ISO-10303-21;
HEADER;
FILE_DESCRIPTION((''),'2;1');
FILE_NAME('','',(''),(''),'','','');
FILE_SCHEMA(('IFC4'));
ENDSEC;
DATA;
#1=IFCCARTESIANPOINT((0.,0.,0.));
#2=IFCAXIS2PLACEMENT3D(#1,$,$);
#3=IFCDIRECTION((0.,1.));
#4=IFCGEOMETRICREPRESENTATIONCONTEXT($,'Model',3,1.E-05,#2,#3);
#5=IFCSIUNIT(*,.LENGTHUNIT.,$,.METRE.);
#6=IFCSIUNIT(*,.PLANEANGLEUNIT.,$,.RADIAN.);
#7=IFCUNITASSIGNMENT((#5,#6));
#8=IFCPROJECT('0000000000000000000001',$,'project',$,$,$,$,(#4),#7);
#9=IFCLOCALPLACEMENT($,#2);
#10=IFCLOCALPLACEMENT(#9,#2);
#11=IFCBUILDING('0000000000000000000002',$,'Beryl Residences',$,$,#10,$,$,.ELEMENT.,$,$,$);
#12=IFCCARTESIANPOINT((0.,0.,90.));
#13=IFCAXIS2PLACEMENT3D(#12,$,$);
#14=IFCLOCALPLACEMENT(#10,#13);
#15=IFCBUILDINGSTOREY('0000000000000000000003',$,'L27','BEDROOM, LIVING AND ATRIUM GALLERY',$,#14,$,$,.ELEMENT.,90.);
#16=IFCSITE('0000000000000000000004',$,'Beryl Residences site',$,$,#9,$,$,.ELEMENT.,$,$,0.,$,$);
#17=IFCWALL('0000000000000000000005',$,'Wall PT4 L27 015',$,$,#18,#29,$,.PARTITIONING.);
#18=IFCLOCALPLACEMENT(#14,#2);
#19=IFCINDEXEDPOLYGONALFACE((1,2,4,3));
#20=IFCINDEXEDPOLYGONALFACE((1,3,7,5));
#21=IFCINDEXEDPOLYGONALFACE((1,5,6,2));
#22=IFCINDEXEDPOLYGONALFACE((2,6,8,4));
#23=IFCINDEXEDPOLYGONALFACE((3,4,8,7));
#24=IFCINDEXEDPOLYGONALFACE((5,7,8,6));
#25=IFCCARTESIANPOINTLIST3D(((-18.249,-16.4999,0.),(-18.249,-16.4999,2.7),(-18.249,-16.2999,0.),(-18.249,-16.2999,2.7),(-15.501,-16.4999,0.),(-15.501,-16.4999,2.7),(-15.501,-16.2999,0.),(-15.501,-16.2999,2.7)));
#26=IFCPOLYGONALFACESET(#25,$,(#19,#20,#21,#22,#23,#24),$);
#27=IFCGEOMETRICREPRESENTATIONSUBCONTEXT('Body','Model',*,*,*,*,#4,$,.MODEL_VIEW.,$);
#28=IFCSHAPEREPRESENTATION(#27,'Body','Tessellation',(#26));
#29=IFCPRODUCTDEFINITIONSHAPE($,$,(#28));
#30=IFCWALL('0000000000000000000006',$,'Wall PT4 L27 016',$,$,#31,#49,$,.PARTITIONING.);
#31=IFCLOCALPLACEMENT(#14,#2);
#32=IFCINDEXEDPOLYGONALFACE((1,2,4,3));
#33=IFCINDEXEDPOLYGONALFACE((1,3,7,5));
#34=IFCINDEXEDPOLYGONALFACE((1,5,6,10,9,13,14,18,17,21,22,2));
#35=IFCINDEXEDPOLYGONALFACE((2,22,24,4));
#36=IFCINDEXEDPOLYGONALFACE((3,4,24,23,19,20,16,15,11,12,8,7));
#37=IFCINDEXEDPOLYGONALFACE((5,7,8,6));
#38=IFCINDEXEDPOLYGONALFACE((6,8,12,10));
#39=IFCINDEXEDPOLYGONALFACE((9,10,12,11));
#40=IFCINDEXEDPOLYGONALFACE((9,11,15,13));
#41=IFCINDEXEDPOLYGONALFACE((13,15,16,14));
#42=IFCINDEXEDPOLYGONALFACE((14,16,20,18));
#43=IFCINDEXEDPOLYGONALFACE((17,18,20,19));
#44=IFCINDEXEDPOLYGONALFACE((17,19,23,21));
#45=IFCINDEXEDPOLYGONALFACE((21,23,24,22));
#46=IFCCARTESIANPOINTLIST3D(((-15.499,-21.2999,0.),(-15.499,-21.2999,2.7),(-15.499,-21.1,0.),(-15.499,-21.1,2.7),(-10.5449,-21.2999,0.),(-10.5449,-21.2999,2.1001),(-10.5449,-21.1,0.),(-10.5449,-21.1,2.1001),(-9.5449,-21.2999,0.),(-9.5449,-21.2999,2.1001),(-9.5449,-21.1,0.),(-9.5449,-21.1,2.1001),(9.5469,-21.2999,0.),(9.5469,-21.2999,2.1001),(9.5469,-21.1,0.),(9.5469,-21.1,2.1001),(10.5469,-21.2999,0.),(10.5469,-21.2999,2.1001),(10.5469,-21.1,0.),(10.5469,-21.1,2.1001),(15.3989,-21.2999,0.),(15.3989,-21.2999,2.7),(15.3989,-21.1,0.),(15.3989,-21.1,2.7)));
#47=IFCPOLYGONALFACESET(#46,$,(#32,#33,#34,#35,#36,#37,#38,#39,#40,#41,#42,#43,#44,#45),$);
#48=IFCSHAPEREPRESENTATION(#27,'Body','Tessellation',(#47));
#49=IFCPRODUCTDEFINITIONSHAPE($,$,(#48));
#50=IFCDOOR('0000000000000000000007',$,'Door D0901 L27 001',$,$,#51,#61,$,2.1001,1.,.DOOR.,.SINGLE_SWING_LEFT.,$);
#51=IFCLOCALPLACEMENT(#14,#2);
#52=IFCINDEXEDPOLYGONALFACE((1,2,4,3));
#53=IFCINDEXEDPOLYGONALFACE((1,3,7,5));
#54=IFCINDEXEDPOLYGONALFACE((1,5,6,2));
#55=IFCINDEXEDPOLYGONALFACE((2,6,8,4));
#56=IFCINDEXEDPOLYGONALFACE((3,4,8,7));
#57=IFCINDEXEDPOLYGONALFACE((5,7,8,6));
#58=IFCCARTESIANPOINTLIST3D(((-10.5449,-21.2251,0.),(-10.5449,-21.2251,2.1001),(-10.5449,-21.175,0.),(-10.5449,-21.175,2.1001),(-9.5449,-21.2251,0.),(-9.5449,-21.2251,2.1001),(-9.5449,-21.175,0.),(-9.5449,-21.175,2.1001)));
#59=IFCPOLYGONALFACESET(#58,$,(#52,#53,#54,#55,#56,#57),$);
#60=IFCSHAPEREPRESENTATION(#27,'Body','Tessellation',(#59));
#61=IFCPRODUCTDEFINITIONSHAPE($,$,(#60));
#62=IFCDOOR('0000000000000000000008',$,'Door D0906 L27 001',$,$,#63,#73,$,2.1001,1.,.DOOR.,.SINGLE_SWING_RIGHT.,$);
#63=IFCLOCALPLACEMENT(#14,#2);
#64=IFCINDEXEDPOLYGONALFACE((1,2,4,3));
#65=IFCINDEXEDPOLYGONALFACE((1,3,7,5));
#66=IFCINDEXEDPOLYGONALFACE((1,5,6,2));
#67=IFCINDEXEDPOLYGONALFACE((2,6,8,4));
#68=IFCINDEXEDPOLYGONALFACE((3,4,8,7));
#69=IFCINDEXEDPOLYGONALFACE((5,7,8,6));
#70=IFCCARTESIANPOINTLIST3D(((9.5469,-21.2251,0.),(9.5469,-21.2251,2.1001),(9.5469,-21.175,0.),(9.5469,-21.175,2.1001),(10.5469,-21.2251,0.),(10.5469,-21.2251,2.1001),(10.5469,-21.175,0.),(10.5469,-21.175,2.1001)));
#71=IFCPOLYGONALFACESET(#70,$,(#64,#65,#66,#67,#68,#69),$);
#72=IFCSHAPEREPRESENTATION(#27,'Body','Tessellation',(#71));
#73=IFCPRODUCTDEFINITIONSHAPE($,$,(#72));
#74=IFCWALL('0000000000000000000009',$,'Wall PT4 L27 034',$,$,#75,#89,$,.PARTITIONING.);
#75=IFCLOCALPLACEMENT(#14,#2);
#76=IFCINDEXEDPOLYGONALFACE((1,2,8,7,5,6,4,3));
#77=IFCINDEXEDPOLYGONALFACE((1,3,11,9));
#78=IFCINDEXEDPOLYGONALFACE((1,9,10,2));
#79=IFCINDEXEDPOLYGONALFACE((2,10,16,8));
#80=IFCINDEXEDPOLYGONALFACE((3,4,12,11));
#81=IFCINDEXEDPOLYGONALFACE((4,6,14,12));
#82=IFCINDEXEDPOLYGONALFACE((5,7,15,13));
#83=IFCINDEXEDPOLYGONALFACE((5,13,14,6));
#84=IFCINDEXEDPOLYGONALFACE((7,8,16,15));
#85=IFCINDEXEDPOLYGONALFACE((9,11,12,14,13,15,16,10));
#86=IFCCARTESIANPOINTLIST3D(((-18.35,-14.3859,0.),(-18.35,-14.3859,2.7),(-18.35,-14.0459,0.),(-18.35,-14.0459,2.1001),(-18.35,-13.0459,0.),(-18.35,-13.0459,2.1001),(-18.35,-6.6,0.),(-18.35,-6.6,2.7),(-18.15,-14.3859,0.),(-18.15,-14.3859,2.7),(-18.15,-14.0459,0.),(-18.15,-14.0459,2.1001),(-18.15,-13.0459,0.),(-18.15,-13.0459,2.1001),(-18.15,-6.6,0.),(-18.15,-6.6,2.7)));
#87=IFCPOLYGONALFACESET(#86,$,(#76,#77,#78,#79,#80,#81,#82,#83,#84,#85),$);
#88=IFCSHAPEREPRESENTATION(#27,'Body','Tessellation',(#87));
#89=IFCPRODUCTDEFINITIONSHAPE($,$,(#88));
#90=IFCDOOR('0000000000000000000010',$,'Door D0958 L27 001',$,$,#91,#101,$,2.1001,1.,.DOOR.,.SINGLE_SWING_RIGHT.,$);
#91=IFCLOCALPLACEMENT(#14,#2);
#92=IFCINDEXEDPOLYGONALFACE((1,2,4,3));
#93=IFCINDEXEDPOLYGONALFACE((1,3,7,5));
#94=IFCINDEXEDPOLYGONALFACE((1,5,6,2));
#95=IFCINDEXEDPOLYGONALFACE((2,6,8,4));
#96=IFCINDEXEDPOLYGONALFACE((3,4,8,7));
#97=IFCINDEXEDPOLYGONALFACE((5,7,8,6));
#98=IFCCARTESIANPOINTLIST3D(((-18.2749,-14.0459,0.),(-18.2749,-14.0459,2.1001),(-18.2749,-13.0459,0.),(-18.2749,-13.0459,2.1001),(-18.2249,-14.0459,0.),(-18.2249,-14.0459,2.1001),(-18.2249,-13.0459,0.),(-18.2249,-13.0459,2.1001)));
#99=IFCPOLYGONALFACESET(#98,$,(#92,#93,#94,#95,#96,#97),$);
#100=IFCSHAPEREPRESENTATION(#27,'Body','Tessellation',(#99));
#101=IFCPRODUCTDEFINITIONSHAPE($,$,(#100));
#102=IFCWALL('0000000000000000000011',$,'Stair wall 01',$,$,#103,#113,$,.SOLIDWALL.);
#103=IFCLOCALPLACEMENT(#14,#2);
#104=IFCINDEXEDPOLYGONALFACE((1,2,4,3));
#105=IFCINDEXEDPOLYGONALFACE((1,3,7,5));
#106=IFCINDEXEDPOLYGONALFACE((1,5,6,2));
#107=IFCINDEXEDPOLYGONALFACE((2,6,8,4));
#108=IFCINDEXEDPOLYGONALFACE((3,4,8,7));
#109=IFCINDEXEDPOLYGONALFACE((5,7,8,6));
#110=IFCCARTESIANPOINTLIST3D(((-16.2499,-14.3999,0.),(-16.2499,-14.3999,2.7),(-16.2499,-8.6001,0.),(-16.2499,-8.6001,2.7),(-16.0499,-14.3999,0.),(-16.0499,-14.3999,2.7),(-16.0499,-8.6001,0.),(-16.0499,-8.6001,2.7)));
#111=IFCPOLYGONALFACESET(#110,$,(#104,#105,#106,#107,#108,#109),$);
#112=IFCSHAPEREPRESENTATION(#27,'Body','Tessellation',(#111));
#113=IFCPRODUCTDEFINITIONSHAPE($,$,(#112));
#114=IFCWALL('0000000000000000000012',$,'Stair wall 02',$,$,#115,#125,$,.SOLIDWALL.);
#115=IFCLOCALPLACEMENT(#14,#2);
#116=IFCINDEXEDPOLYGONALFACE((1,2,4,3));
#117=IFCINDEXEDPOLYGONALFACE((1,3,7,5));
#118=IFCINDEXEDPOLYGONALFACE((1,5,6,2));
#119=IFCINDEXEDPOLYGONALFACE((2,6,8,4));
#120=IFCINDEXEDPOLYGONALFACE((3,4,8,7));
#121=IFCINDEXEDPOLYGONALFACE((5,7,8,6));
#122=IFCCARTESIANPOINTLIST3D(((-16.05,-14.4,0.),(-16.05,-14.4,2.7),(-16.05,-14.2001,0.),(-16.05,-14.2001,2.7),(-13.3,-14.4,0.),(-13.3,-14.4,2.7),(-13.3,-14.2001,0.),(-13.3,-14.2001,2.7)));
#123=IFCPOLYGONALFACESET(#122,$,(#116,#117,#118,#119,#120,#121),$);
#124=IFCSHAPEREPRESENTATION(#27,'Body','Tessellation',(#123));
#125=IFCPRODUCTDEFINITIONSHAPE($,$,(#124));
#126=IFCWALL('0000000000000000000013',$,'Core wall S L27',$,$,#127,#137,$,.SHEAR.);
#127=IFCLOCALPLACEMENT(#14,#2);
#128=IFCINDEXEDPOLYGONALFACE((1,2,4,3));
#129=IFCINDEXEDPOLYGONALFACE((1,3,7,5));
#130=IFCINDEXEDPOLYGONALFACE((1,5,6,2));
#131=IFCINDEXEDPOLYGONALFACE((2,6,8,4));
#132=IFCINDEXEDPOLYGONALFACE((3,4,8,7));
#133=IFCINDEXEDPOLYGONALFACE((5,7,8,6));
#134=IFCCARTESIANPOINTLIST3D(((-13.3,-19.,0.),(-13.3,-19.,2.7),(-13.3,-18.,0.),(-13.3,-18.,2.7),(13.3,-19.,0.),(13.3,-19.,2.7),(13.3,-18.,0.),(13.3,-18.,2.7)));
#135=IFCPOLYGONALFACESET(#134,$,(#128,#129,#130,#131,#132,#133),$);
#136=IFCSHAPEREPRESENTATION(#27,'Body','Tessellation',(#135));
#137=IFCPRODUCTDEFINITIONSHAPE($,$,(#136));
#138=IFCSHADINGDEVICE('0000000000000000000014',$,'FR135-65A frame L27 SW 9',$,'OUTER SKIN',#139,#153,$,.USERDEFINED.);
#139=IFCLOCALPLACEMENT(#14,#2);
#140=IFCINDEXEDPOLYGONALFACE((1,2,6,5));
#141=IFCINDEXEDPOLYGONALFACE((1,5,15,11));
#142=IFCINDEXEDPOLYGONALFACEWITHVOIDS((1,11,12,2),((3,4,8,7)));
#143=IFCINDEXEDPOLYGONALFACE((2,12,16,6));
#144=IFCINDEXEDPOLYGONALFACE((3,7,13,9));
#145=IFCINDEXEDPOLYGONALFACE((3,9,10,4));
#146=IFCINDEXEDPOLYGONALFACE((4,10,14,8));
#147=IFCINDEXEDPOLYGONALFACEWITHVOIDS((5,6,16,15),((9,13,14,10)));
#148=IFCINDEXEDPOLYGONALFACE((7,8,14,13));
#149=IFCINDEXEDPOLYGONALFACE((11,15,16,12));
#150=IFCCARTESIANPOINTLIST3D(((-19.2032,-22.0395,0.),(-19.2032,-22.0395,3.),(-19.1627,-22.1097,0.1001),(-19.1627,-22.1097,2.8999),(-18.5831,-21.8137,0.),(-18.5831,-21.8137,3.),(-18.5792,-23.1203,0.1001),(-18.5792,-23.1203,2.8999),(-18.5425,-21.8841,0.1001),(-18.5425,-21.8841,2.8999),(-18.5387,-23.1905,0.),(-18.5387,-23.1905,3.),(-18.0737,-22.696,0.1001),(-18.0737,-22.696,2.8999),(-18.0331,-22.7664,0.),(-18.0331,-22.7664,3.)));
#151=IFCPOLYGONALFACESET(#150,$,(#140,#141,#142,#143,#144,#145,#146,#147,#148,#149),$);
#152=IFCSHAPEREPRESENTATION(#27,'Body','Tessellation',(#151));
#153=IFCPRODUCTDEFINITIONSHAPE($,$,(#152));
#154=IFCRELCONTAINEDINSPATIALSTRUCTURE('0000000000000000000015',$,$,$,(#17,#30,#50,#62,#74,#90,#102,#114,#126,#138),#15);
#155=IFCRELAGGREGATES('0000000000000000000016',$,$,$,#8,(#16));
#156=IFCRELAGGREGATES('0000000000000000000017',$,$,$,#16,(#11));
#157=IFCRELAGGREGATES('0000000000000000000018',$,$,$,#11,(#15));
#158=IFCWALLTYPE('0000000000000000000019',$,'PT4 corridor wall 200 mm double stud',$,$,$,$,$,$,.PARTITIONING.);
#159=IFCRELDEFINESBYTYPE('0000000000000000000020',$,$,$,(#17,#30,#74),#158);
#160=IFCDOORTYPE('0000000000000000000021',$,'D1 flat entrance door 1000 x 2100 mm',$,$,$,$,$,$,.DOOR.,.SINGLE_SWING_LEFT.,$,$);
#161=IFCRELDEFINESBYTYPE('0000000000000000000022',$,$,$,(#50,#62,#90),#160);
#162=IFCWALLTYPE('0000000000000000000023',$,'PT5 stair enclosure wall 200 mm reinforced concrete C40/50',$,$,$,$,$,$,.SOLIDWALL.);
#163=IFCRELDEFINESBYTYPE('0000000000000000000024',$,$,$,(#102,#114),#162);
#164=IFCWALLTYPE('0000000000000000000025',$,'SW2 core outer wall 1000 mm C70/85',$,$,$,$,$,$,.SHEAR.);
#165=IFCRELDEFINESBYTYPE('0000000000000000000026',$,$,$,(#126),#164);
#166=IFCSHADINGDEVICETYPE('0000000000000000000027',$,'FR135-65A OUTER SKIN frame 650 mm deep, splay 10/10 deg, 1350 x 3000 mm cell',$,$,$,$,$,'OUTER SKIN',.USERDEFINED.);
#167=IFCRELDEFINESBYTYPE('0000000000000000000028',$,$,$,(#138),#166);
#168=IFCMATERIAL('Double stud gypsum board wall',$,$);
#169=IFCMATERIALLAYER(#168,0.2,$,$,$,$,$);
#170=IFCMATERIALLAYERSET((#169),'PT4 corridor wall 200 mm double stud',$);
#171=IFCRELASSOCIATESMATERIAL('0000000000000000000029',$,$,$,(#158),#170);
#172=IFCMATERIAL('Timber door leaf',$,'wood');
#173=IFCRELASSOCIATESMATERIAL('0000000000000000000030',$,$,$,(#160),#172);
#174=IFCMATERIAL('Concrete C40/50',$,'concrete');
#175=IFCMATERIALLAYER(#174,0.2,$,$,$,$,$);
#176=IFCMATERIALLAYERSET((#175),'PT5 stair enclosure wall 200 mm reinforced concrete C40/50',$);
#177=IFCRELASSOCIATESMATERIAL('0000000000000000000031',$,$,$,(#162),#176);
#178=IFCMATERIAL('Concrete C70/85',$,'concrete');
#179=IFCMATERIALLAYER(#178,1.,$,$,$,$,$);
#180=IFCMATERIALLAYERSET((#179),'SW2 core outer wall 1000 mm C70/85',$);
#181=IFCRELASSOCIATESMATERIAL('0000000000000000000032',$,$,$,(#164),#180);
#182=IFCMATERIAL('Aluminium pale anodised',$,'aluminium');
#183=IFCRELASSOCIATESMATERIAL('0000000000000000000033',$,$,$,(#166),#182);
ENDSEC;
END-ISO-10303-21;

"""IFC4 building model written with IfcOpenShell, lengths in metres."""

from ifc_helpers import new_model, entity, si_unit, direction, frame, frame_2d, origin, place, context, subcontext, project, spatial, rectangle, extrude, source, transform, mapped, material, layer, layer_set, type_object, type_shapes, element, fill, save


model = new_model("IFC4")

# Units and contexts
model_context = context("Model", 3, precision=1e-05, world=origin(), true_north=direction((0.0, 1.0)))
body_context = subcontext(model_context, "Body", "Model", "MODEL_VIEW")
ifc_project = project(units=[si_unit("LENGTHUNIT", "METRE"), si_unit("PLANEANGLEUNIT", "RADIAN")], contexts=[model_context])

# Site, building, storey
site_placement = place(None, origin())
site = spatial("IfcSite", under=ifc_project, at=site_placement, Name="Beryl Residences site", CompositionType="ELEMENT", RefElevation=0.0)
building_placement = place(site_placement, origin())
building = spatial("IfcBuilding", under=site, at=building_placement, Name="Beryl Residences", CompositionType="ELEMENT")
storey_placement = place(building_placement, frame((0.0, 0.0, 90.0)))
storey = spatial("IfcBuildingStorey", under=building, at=storey_placement, Name="L27", Description="BEDROOM, LIVING AND ATRIUM GALLERY", CompositionType="ELEMENT", Elevation=90.0)

# Wall
ifc_material_1 = material(Name="Double stud gypsum board wall")
ifc_layer_1 = layer(ifc_material_1, 0.2)
ifc_layer_set_1 = layer_set([ifc_layer_1], Name="PT4 corridor wall 200 mm double stud")
wall_type_1 = type_object("IfcWallType", Name="PT4 corridor wall 200 mm double stud", PredefinedType="PARTITIONING", material=ifc_layer_set_1)
wall_1_placement = place(storey_placement, frame((-18.249, -16.3999, 0.0), z_axis=(0.0, 0.0, 1.0), x_axis=(1.0, 0.0, 0.0)))
element("IfcWall", 1, at=wall_1_placement, inside=storey, type_object=wall_type_1, Name="Wall PT4 L27 015", PredefinedType="PARTITIONING", context=body_context, shape_type="SweptSolid", body=[
    extrude(rectangle(XDim=2.748, YDim=0.2, at=frame_2d((1.374, 0.0))), origin(), (0.0, 0.0, 1.0), 2.7),
])

# Wall, openings, doors
wall_2_placement = place(storey_placement, frame((-15.499, -21.2, 0.0), z_axis=(0.0, 0.0, 1.0), x_axis=(1.0, 0.0, 0.0)))
wall_2 = element("IfcWall", 2, at=wall_2_placement, inside=storey, type_object=wall_type_1, Name="Wall PT4 L27 016", PredefinedType="PARTITIONING", context=body_context, shape_type="SweptSolid", body=[
    extrude(rectangle(XDim=30.8979, YDim=0.2, at=frame_2d((15.449, 0.0))), origin(), (0.0, 0.0, 1.0), 2.7),
])
opening_1_placement = place(wall_2_placement, frame((4.9541, 0.0, 0.0)))
opening_1 = element("IfcOpeningElement", 3, at=opening_1_placement, cuts=wall_2, PredefinedType="OPENING", context=body_context, shape_type="SweptSolid", body=[
    extrude(rectangle(XDim=1.0, YDim=2.1001, at=frame_2d((0.5, 1.05))), frame((0.0, 0.1099, 0.0), z_axis=(0.0, -1.0, 0.0), x_axis=(1.0, 0.0, 0.0)), (0.0, 0.0, 1.0), 0.22),
])
opening_2_placement = place(wall_2_placement, frame((25.0459, 0.0, 0.0)))
opening_2 = element("IfcOpeningElement", 4, at=opening_2_placement, cuts=wall_2, PredefinedType="OPENING", context=body_context, shape_type="SweptSolid", body=[
    extrude(rectangle(XDim=1.0, YDim=2.1001, at=frame_2d((0.5, 1.05))), frame((0.0, 0.1099, 0.0), z_axis=(0.0, -1.0, 0.0), x_axis=(1.0, 0.0, 0.0)), (0.0, 0.0, 1.0), 0.22),
])
ifc_material_2 = material(Name="Timber door leaf", Category="wood")
door_type_1 = type_object("IfcDoorType", Name="D1 flat entrance door 1000 x 2100 mm", OperationType="SINGLE_SWING_LEFT", PredefinedType="DOOR", material=ifc_material_2)
door_1_placement = place(opening_1_placement, origin())
door_1 = element("IfcDoor", 5, at=door_1_placement, inside=storey, type_object=door_type_1, Name="Door D0901 L27 001", OperationType="SINGLE_SWING_LEFT", OverallHeight=2.1001, OverallWidth=1.0, PredefinedType="DOOR", context=body_context, shape_type="SweptSolid", body=[
    extrude(rectangle(XDim=1.0, YDim=2.1001, at=frame_2d((0.5, 1.05))), frame((0.0, 0.0249, 0.0), z_axis=(0.0, -1.0, 0.0), x_axis=(1.0, 0.0, 0.0)), (0.0, 0.0, 1.0), 0.05),
])
fill(opening_1, door_1)
door_2_placement = place(opening_2_placement, origin())
door_2 = element("IfcDoor", 6, at=door_2_placement, inside=storey, type_object=door_type_1, Name="Door D0906 L27 001", OperationType="SINGLE_SWING_RIGHT", OverallHeight=2.1001, OverallWidth=1.0, PredefinedType="DOOR", context=body_context, shape_type="SweptSolid", body=[
    extrude(rectangle(XDim=1.0, YDim=2.1001, at=frame_2d((0.5, 1.05))), frame((0.0, 0.0249, 0.0), z_axis=(0.0, -1.0, 0.0), x_axis=(1.0, 0.0, 0.0)), (0.0, 0.0, 1.0), 0.05),
])
fill(opening_2, door_2)

# Wall, opening, door
wall_3_placement = place(storey_placement, frame((-18.25, -14.386, 0.0), z_axis=(0.0, 0.0, 1.0), x_axis=(0.0, 1.0, 0.0)))
wall_3 = element("IfcWall", 7, at=wall_3_placement, inside=storey, type_object=wall_type_1, Name="Wall PT4 L27 034", PredefinedType="PARTITIONING", context=body_context, shape_type="SweptSolid", body=[
    extrude(rectangle(XDim=7.7859, YDim=0.2, at=frame_2d((3.8931, 0.0))), origin(), (0.0, 0.0, 1.0), 2.7),
])
opening_3_placement = place(wall_3_placement, frame((0.3401, 0.0, 0.0)))
opening_3 = element("IfcOpeningElement", 8, at=opening_3_placement, cuts=wall_3, PredefinedType="OPENING", context=body_context, shape_type="SweptSolid", body=[
    extrude(rectangle(XDim=1.0, YDim=2.1001, at=frame_2d((0.5, 1.05))), frame((0.0, 0.1099, 0.0), z_axis=(0.0, -1.0, 0.0), x_axis=(1.0, 0.0, 0.0)), (0.0, 0.0, 1.0), 0.22),
])
door_3_placement = place(opening_3_placement, origin())
door_3 = element("IfcDoor", 9, at=door_3_placement, inside=storey, type_object=door_type_1, Name="Door D0958 L27 001", OperationType="SINGLE_SWING_RIGHT", OverallHeight=2.1001, OverallWidth=1.0, PredefinedType="DOOR", context=body_context, shape_type="SweptSolid", body=[
    extrude(rectangle(XDim=1.0, YDim=2.1001, at=frame_2d((0.5, 1.05))), frame((0.0, 0.0249, 0.0), z_axis=(0.0, -1.0, 0.0), x_axis=(1.0, 0.0, 0.0)), (0.0, 0.0, 1.0), 0.05),
])
fill(opening_3, door_3)

# Walls
ifc_material_3 = material(Name="Concrete C40/50", Category="concrete")
ifc_layer_2 = layer(ifc_material_3, 0.2)
ifc_layer_set_2 = layer_set([ifc_layer_2], Name="PT5 stair enclosure wall 200 mm reinforced concrete C40/50")
wall_type_2 = type_object("IfcWallType", Name="PT5 stair enclosure wall 200 mm reinforced concrete C40/50", PredefinedType="SOLIDWALL", material=ifc_layer_set_2)
wall_4_placement = place(storey_placement, frame((-16.1499, -14.3999, 0.0), z_axis=(0.0, 0.0, 1.0), x_axis=(0.0, 1.0, 0.0)))
element("IfcWall", 10, at=wall_4_placement, inside=storey, type_object=wall_type_2, Name="Stair wall 01", PredefinedType="SOLIDWALL", context=body_context, shape_type="SweptSolid", body=[
    extrude(rectangle(XDim=5.7998, YDim=0.2, at=frame_2d((2.8999, 0.0))), origin(), (0.0, 0.0, 1.0), 2.7),
])
wall_5_placement = place(storey_placement, frame((-16.05, -14.3, 0.0), z_axis=(0.0, 0.0, 1.0), x_axis=(1.0, 0.0, 0.0)))
element("IfcWall", 11, at=wall_5_placement, inside=storey, type_object=wall_type_2, Name="Stair wall 02", PredefinedType="SOLIDWALL", context=body_context, shape_type="SweptSolid", body=[
    extrude(rectangle(XDim=2.75, YDim=0.2, at=frame_2d((1.375, 0.0))), origin(), (0.0, 0.0, 1.0), 2.7),
])
ifc_material_4 = material(Name="Concrete C70/85", Category="concrete")
ifc_layer_3 = layer(ifc_material_4, 1.0)
ifc_layer_set_3 = layer_set([ifc_layer_3], Name="SW2 core outer wall 1000 mm C70/85")
wall_type_3 = type_object("IfcWallType", Name="SW2 core outer wall 1000 mm C70/85", PredefinedType="SHEAR", material=ifc_layer_set_3)
wall_6_placement = place(storey_placement, frame((-13.3, -18.5, 0.0), z_axis=(0.0, 0.0, 1.0), x_axis=(1.0, 0.0, 0.0)))
element("IfcWall", 12, at=wall_6_placement, inside=storey, type_object=wall_type_3, Name="Core wall S L27", PredefinedType="SHEAR", context=body_context, shape_type="SweptSolid", body=[
    extrude(rectangle(XDim=26.6001, YDim=1.0, at=frame_2d((13.3, 0.0))), origin(), (0.0, 0.0, 1.0), 2.7),
])

# Shading device
ifc_material_5 = material(Name="Aluminium pale anodised", Category="aluminium")
shading_device_type_1 = type_object("IfcShadingDeviceType", Name="FR135-65A OUTER SKIN frame 650 mm deep, splay 10/10 deg, 1350 x 3000 mm cell", ElementType="OUTER SKIN", PredefinedType="USERDEFINED", material=ifc_material_5)
cartesian_point_1 = entity("IfcCartesianPoint", [-0.55, 0.0])
cartesian_point_2 = entity("IfcCartesianPoint", [-0.4688, 0.1001])
cartesian_point_3 = entity("IfcCartesianPoint", [-0.6646, 0.0])
cartesian_point_4 = entity("IfcCartesianPoint", [-0.5835, 0.1001])
shared_shape_1 = source(origin(), body_context, "Body", "SweptSolid", [
    entity("IfcExtrudedAreaSolidTapered", entity("IfcArbitraryProfileDefWithVoids", "AREA", None, entity("IfcPolyline", [cartesian_point_1, entity("IfcCartesianPoint", [0.55, 0.0]), entity("IfcCartesianPoint", [0.55, 3.0]), entity("IfcCartesianPoint", [-0.55, 3.0]), cartesian_point_1]), [entity("IfcPolyline", [cartesian_point_2, entity("IfcCartesianPoint", [0.4688, 0.1001]), entity("IfcCartesianPoint", [0.4688, 2.8999]), entity("IfcCartesianPoint", [-0.4688, 2.8999]), cartesian_point_2])]), entity("IfcAxis2Placement3D", entity("IfcCartesianPoint", [0.0, 0.0, 0.0]), entity("IfcDirection", [0.0, 1.0, 0.0]), entity("IfcDirection", [-1.0, 0.0, 0.0])), entity("IfcDirection", [0.0, 0.0, 1.0]), 0.6499, entity("IfcArbitraryProfileDefWithVoids", "AREA", None, entity("IfcPolyline", [cartesian_point_3, entity("IfcCartesianPoint", [0.6646, 0.0]), entity("IfcCartesianPoint", [0.6646, 3.0]), entity("IfcCartesianPoint", [-0.6646, 3.0]), cartesian_point_3]), [entity("IfcPolyline", [cartesian_point_4, entity("IfcCartesianPoint", [0.5835, 0.1001]), entity("IfcCartesianPoint", [0.5835, 2.8999]), entity("IfcCartesianPoint", [-0.5835, 2.8999]), cartesian_point_4])])),
])
type_shapes(shading_device_type_1, [shared_shape_1])
shading_device_placement = place(storey_placement, frame((-18.3081, -22.29, 0.0), z_axis=(0.0, 0.0, 1.0), x_axis=(-0.5, 0.866025, 0.0)))
element("IfcShadingDevice", 13, at=shading_device_placement, inside=storey, type_object=shading_device_type_1, Name="FR135-65A frame L27 SW 9", ObjectType="OUTER SKIN", PredefinedType="USERDEFINED", context=body_context, shape_type="MappedRepresentation", body=[
    mapped(shared_shape_1, transform((0.0, 0.0, 0.0))),
])

save(model, "model.ifc")
